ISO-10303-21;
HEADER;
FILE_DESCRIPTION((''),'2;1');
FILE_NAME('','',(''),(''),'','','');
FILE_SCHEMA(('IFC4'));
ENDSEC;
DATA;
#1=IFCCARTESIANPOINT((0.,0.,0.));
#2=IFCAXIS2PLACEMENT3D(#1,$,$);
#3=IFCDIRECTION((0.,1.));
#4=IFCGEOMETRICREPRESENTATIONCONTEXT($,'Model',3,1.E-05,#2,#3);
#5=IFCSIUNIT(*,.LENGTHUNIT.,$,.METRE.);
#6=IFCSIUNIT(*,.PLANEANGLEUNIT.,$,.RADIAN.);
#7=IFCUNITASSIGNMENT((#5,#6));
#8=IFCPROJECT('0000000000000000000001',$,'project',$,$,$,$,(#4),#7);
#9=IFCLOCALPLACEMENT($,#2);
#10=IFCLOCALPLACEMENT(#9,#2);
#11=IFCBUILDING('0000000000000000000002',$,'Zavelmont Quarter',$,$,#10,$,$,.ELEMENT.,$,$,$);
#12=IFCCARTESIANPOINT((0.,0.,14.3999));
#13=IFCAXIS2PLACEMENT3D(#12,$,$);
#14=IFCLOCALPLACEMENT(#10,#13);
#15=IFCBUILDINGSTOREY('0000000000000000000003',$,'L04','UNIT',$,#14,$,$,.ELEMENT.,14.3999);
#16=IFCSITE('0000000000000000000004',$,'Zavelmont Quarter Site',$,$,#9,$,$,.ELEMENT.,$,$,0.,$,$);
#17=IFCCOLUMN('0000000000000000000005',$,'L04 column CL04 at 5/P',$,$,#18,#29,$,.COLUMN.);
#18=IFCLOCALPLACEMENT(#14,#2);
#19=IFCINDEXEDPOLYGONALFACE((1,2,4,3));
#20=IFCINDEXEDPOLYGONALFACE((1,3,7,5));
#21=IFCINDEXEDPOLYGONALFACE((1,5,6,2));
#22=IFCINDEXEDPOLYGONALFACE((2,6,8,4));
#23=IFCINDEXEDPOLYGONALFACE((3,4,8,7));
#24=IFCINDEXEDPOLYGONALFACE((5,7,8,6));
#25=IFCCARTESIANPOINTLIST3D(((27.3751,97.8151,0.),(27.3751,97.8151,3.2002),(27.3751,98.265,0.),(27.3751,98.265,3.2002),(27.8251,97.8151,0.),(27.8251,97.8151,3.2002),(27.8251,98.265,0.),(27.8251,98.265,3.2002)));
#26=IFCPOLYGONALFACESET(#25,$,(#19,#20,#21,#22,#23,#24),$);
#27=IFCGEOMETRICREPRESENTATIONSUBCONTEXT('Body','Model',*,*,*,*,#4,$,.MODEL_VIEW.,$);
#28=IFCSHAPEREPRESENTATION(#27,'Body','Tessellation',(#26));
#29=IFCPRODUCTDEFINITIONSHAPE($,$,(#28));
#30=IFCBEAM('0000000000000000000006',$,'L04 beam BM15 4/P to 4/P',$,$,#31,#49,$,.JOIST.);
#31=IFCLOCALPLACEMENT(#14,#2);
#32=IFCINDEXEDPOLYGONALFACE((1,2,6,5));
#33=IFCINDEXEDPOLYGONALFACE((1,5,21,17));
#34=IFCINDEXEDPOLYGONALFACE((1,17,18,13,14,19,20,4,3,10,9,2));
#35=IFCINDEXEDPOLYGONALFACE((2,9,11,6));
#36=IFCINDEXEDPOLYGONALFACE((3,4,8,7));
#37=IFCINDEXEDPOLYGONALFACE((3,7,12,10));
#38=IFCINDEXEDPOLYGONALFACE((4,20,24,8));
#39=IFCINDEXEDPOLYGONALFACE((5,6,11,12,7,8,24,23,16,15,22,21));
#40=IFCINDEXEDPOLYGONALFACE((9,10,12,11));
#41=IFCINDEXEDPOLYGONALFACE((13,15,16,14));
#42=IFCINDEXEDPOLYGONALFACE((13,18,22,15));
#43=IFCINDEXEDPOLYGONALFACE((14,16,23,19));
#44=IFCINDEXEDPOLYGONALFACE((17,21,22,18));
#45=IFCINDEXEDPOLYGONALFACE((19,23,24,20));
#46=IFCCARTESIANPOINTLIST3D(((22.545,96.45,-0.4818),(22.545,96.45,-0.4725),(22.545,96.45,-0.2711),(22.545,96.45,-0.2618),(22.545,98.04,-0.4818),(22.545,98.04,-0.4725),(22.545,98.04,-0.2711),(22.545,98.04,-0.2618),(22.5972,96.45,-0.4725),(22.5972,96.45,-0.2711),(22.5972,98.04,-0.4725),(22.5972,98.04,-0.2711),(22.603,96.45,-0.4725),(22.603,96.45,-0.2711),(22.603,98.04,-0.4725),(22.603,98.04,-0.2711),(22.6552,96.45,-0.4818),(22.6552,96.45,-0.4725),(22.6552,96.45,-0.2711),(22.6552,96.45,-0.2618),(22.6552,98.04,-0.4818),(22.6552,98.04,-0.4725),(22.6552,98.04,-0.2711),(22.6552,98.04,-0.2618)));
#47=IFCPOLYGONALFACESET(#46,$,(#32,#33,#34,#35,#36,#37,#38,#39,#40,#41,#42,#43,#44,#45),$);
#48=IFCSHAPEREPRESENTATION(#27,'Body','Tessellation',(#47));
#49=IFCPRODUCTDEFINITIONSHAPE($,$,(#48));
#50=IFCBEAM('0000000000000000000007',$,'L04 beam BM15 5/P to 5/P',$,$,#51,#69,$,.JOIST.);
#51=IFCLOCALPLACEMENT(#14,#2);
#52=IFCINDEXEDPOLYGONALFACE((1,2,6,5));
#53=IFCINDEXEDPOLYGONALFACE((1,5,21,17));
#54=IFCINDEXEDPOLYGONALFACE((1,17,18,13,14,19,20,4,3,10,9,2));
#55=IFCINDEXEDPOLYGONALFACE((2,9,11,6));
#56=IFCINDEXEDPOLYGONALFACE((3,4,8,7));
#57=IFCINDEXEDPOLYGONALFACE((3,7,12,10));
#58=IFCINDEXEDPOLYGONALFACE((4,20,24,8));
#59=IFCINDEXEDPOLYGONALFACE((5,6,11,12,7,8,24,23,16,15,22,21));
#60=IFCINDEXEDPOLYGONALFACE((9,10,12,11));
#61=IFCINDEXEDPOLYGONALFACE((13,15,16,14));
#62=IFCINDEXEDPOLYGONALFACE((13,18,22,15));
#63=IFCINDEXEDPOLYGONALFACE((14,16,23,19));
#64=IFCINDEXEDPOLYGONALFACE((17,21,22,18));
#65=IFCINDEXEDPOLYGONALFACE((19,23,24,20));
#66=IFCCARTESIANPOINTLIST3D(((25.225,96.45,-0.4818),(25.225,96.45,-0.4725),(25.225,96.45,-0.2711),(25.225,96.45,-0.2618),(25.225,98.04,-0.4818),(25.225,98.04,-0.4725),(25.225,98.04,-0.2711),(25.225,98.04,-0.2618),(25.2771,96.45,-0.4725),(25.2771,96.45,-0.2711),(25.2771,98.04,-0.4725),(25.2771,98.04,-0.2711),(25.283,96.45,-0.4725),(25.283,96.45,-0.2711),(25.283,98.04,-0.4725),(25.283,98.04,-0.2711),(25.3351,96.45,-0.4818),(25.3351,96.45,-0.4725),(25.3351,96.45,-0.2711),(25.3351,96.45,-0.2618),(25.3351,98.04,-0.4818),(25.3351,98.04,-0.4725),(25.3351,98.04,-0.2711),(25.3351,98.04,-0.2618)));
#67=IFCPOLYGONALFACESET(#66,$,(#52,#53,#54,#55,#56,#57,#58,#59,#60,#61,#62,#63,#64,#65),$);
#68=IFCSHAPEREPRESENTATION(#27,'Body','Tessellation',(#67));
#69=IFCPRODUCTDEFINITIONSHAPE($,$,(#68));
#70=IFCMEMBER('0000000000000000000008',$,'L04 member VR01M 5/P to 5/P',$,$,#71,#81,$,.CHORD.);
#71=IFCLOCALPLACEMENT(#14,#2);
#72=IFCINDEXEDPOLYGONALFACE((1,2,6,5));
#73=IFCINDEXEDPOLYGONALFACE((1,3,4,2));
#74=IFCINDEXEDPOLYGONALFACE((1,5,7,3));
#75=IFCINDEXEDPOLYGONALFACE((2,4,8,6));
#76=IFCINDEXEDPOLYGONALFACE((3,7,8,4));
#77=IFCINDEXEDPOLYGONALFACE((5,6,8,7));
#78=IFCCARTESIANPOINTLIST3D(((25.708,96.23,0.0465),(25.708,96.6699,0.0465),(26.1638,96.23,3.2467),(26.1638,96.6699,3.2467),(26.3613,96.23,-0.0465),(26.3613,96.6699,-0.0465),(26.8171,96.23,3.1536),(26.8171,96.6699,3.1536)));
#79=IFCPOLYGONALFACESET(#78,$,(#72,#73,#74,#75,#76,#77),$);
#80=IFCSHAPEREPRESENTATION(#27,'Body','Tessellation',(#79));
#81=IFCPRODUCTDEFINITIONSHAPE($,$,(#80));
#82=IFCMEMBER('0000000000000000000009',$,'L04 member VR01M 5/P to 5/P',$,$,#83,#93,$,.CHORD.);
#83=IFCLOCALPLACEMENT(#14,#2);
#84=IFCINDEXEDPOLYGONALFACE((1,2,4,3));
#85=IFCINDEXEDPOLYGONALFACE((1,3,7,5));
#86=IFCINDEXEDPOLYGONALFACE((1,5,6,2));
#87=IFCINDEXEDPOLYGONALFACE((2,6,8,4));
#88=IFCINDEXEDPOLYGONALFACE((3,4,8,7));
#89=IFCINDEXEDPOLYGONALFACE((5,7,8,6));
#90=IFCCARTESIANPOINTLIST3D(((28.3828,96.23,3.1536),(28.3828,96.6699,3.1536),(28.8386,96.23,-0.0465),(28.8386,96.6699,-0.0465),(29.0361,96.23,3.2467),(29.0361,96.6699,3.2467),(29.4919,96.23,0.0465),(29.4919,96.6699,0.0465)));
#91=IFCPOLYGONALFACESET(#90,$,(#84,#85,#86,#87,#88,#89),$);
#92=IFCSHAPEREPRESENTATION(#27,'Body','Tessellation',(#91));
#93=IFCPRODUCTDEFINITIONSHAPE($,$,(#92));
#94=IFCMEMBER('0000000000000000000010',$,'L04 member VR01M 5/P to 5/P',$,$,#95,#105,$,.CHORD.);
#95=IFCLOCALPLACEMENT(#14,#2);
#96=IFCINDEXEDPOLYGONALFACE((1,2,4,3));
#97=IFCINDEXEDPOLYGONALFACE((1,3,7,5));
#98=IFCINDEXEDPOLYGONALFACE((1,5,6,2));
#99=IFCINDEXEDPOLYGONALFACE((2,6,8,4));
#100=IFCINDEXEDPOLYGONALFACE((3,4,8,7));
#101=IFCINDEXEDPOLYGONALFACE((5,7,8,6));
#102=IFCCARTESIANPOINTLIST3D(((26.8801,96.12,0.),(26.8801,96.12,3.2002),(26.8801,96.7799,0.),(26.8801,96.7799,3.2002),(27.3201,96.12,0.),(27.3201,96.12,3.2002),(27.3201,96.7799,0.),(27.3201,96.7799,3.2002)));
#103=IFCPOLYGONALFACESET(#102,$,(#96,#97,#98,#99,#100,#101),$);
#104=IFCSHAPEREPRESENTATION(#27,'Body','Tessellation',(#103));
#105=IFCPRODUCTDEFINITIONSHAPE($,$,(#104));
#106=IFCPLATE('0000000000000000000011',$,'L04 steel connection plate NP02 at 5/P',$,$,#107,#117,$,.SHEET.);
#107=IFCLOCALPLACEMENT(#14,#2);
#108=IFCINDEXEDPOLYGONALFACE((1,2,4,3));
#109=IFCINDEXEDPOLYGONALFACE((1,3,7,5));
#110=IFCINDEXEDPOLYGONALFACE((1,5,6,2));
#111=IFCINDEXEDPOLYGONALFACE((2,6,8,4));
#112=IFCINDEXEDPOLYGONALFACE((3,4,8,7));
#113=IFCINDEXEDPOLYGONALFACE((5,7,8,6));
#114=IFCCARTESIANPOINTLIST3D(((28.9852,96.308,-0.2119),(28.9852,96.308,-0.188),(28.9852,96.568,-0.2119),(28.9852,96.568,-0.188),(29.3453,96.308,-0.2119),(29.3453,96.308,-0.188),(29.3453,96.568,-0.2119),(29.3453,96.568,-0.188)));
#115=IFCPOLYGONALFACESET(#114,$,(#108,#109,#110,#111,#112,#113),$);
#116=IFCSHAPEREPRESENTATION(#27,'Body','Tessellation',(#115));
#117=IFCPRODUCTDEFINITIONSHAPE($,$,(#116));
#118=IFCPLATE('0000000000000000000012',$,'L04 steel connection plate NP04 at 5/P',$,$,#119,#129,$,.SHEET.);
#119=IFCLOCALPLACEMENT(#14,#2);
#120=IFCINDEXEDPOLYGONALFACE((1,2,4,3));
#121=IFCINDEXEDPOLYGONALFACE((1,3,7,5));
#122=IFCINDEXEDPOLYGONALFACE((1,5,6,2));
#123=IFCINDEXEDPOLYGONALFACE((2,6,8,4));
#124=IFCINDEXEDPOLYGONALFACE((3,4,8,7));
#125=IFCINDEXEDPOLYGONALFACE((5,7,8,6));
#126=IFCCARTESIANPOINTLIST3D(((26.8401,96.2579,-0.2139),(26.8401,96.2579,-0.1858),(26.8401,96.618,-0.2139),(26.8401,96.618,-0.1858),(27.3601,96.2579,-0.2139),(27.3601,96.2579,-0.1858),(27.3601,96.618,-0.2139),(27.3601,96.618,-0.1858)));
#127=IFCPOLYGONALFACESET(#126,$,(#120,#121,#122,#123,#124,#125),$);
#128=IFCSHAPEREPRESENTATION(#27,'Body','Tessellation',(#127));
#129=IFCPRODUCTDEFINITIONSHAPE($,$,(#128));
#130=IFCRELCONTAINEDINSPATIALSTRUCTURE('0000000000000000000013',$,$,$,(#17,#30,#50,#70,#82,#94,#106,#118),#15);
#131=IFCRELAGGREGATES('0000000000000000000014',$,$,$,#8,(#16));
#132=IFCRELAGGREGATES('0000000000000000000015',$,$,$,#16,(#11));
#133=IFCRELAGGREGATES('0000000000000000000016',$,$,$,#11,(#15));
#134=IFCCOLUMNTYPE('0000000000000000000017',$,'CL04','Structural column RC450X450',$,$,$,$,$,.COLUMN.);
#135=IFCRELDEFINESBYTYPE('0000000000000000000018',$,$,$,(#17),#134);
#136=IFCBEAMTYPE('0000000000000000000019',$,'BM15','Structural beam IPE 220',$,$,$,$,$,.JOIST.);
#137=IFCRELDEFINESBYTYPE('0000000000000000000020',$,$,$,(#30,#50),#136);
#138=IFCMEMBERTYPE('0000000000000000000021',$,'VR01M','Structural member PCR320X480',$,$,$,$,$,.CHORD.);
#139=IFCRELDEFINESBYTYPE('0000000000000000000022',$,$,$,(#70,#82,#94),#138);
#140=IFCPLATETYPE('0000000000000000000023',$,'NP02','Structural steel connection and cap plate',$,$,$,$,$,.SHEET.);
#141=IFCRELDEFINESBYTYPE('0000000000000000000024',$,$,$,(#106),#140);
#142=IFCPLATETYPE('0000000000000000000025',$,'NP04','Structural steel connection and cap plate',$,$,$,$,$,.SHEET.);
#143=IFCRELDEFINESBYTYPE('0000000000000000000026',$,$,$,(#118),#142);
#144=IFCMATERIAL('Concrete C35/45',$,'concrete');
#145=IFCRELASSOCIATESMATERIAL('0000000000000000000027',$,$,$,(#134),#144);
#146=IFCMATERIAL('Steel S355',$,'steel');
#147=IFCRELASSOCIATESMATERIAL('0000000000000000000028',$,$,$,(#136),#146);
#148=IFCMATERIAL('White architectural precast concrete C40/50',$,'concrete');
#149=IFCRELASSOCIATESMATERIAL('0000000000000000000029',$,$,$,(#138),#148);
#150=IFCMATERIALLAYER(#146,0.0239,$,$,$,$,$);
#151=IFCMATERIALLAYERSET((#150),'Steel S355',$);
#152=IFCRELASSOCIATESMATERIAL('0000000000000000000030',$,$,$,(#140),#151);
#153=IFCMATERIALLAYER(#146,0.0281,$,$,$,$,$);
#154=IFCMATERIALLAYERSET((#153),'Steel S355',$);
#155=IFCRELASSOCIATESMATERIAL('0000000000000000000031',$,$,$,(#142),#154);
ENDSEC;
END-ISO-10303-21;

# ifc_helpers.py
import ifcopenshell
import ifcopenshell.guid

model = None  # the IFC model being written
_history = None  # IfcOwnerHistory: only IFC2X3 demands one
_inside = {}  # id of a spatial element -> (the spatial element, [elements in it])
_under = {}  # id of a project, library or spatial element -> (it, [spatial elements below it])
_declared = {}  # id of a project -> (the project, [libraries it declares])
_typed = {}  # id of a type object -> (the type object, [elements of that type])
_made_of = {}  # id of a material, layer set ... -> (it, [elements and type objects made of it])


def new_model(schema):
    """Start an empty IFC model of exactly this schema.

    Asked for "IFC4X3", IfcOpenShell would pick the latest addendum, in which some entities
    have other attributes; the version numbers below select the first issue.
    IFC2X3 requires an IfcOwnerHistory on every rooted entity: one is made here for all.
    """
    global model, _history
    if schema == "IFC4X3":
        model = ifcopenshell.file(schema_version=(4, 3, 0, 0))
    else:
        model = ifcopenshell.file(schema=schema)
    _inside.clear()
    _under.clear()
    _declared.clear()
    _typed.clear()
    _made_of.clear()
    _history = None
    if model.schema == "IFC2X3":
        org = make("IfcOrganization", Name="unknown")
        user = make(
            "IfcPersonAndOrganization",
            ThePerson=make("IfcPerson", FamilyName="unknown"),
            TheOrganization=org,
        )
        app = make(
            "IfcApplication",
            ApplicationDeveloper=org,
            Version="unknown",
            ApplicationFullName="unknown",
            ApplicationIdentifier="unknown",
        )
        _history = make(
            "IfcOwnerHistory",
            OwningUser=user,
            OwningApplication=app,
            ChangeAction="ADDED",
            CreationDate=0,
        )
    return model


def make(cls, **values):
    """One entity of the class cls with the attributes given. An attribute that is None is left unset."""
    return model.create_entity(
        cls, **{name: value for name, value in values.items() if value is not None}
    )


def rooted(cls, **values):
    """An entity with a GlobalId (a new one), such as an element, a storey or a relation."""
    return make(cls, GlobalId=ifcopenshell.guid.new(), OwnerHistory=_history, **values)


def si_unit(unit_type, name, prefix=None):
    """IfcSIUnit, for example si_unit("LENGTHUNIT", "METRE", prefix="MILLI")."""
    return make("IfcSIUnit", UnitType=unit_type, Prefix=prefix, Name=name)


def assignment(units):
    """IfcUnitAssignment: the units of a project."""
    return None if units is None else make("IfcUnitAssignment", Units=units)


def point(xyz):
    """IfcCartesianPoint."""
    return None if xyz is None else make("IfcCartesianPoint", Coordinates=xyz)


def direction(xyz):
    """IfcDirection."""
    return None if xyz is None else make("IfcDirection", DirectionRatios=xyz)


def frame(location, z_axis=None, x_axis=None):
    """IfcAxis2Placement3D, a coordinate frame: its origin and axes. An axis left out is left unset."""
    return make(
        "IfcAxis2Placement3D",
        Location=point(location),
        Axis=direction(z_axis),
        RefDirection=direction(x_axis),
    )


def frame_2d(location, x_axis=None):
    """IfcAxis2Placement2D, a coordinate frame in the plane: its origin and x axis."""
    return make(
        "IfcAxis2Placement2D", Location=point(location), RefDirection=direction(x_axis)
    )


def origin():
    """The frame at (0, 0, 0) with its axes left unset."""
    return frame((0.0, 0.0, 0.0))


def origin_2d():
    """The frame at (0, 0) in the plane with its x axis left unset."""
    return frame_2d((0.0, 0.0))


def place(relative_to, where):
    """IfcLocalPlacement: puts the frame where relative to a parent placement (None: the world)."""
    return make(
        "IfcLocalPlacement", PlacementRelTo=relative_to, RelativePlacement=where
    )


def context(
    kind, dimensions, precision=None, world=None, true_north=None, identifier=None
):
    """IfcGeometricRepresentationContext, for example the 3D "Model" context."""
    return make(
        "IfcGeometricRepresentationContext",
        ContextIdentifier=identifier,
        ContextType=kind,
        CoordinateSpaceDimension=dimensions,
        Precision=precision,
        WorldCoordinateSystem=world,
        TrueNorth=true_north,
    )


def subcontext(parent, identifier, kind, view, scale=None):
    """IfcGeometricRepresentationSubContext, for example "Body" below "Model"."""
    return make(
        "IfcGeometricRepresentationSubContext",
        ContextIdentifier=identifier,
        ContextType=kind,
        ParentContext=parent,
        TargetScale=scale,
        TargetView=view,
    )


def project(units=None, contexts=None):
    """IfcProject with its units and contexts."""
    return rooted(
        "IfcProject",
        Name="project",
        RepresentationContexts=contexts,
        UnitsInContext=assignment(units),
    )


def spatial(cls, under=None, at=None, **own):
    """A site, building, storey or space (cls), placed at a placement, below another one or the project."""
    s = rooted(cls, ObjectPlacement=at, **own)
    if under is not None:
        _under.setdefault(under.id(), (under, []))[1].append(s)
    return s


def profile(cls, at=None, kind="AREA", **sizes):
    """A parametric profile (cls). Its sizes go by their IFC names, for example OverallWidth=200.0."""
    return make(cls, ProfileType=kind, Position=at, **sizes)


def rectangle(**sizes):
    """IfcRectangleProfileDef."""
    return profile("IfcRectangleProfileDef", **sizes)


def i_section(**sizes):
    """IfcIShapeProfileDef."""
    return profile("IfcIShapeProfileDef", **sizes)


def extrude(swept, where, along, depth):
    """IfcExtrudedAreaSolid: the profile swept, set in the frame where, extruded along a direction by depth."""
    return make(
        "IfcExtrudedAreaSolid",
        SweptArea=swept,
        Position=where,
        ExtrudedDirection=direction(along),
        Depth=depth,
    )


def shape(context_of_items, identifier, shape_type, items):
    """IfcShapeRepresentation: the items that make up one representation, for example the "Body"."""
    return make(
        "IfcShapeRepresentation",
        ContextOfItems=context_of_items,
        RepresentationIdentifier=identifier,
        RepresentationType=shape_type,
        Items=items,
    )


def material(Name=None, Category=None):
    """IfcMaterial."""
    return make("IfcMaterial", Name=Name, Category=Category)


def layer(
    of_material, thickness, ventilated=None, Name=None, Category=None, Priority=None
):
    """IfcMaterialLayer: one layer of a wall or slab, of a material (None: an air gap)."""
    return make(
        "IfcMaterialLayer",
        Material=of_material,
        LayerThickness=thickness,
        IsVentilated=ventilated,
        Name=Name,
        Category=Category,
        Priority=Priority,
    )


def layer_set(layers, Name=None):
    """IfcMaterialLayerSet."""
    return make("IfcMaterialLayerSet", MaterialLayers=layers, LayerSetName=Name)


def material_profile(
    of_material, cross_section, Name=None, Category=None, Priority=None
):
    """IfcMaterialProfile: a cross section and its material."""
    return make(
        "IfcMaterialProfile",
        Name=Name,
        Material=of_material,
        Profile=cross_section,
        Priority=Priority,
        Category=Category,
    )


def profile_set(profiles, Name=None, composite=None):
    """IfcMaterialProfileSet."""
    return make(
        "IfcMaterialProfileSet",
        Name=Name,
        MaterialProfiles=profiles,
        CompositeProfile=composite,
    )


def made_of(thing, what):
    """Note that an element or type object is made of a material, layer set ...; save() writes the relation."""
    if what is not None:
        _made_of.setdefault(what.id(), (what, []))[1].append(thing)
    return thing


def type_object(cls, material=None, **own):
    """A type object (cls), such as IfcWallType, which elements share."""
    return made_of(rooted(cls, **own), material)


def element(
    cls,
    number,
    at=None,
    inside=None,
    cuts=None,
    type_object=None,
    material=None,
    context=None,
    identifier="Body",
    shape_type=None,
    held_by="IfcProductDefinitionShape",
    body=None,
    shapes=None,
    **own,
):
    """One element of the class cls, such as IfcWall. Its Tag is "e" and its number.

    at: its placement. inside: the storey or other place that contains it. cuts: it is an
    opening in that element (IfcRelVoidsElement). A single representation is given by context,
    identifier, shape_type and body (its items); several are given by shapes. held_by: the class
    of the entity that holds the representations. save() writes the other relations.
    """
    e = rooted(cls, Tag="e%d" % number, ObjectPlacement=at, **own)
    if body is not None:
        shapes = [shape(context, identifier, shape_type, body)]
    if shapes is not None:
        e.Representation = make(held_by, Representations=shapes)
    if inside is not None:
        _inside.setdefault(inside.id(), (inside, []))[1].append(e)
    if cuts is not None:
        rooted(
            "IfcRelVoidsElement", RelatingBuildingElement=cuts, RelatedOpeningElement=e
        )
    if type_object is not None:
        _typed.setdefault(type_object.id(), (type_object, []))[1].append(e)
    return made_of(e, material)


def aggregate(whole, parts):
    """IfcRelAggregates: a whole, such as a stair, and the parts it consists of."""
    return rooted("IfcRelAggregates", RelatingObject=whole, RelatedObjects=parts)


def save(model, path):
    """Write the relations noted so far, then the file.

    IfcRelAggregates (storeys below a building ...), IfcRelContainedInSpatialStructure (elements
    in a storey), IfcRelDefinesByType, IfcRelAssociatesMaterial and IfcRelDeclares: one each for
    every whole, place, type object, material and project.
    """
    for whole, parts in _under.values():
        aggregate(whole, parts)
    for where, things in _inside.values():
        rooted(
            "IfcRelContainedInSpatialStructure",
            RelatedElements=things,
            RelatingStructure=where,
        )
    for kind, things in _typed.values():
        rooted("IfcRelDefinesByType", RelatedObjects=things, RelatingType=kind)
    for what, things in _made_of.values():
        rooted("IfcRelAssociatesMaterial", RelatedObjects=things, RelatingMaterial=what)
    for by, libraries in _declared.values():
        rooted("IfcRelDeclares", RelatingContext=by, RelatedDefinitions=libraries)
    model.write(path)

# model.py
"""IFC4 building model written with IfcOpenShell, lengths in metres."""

from ifc_helpers import new_model, si_unit, direction, frame, origin, origin_2d, place, context, subcontext, project, spatial, rectangle, i_section, extrude, material, layer, layer_set, material_profile, profile_set, type_object, element, save


model = new_model("IFC4")

# Units and contexts
model_context = context("Model", 3, precision=1e-05, world=origin(), true_north=direction((0.0, 1.0)))
body_context = subcontext(model_context, "Body", "Model", "MODEL_VIEW")
ifc_project = project(units=[si_unit("LENGTHUNIT", "METRE"), si_unit("PLANEANGLEUNIT", "RADIAN")], contexts=[model_context])

# Site, building, storey
site_placement = place(None, origin())
site = spatial("IfcSite", under=ifc_project, at=site_placement, Name="Zavelmont Quarter Site", CompositionType="ELEMENT", RefElevation=0.0)
building_placement = place(site_placement, origin())
building = spatial("IfcBuilding", under=site, at=building_placement, Name="Zavelmont Quarter", CompositionType="ELEMENT")
storey_placement = place(building_placement, frame((0.0, 0.0, 14.3999)))
storey = spatial("IfcBuildingStorey", under=building, at=storey_placement, Name="L04", Description="UNIT", CompositionType="ELEMENT", Elevation=14.3999)

# Column
ifc_material_1 = material(Name="Concrete C35/45", Category="concrete")
ifc_material_profile_1 = material_profile(ifc_material_1, rectangle(XDim=0.45, YDim=0.45, at=origin_2d()), Name="RC450X450")
ifc_profile_set_1 = profile_set([ifc_material_profile_1], Name="Concrete C35/45")
column_type = type_object("IfcColumnType", Name="CL04", Description="Structural column RC450X450", PredefinedType="COLUMN", material=ifc_profile_set_1)
column_placement = place(storey_placement, frame((27.6001, 98.04, 0.0), z_axis=(0.0, 0.0, 1.0), x_axis=(1.0, 0.0, 0.0)))
element("IfcColumn", 1, at=column_placement, inside=storey, type_object=column_type, Name="L04 column CL04 at 5/P", PredefinedType="COLUMN", context=body_context, shape_type="SweptSolid", body=[
    extrude(rectangle(XDim=0.45, YDim=0.45, at=origin_2d()), origin(), (0.0, 0.0, 1.0), 3.2002),
])

# Beams
ifc_material_2 = material(Name="Steel S355", Category="steel")
ifc_material_profile_2 = material_profile(ifc_material_2, i_section(OverallWidth=0.1101, OverallDepth=0.22, WebThickness=0.0059, FlangeThickness=0.0093, at=origin_2d()), Name="IPE 220")
ifc_profile_set_2 = profile_set([ifc_material_profile_2], Name="Steel S355")
beam_type = type_object("IfcBeamType", Name="BM15", Description="Structural beam IPE 220", PredefinedType="JOIST", material=ifc_profile_set_2)
for number, where, z_axis, x_axis, name in (
    (2, (22.6001, 98.04, -0.3718), (0.0, -1.0, 0.0), (1.0, 0.0, 0.0), "L04 beam BM15 4/P to 4/P"),
    (3, (25.28, 98.04, -0.3718), (0.0, -1.0, 0.0), (1.0, 0.0, 0.0), "L04 beam BM15 5/P to 5/P"),
):
    element("IfcBeam", number, at=place(storey_placement, frame(where, z_axis=z_axis, x_axis=x_axis)), inside=storey, type_object=beam_type, Name=name, PredefinedType="JOIST", context=body_context, shape_type="SweptSolid", body=[
        extrude(i_section(OverallWidth=0.1101, OverallDepth=0.22, WebThickness=0.0059, FlangeThickness=0.0093, at=origin_2d()), origin(), (0.0, 0.0, 1.0), 1.5901),
    ])

# Members
ifc_material_3 = material(Name="White architectural precast concrete C40/50", Category="concrete")
ifc_material_profile_3 = material_profile(ifc_material_3, rectangle(XDim=0.4399, YDim=0.6599, at=origin_2d()), Name="PCR320X480")
ifc_profile_set_3 = profile_set([ifc_material_profile_3], Name="White architectural precast concrete C40/50")
member_type = type_object("IfcMemberType", Name="VR01M", Description="Structural member PCR320X480", PredefinedType="CHORD", material=ifc_profile_set_3)
for number, where, z_axis, x_axis, name in (
    (4, (26.0347, 96.45, 0.0), (0.141009, 0.0, 0.990008), (0.0, 1.0, 0.0), "L04 member VR01M 5/P to 5/P"),
    (5, (29.1653, 96.45, 0.0), (-0.141009, 0.0, 0.990008), (0.0, -1.0, 0.0), "L04 member VR01M 5/P to 5/P"),
):
    element("IfcMember", number, at=place(storey_placement, frame(where, z_axis=z_axis, x_axis=x_axis)), inside=storey, type_object=member_type, Name=name, PredefinedType="CHORD", context=body_context, shape_type="SweptSolid", body=[
        extrude(rectangle(XDim=0.4399, YDim=0.6599, at=origin_2d()), origin(), (0.0, 0.0, 1.0), 3.2324),
    ])
member_placement = place(storey_placement, frame((27.1001, 96.45, 0.0), z_axis=(0.0, 0.0, 1.0), x_axis=(1.0, 0.0, 0.0)))
element("IfcMember", 6, at=member_placement, inside=storey, type_object=member_type, Name="L04 member VR01M 5/P to 5/P", PredefinedType="CHORD", context=body_context, shape_type="SweptSolid", body=[
    extrude(rectangle(XDim=0.4399, YDim=0.6599, at=origin_2d()), origin(), (0.0, 0.0, 1.0), 3.2002),
])

# Plates
ifc_layer_1 = layer(ifc_material_2, 0.0239)
ifc_layer_set_1 = layer_set([ifc_layer_1], Name="Steel S355")
plate_type_1 = type_object("IfcPlateType", Name="NP02", Description="Structural steel connection and cap plate", PredefinedType="SHEET", material=ifc_layer_set_1)
plate_1_placement = place(storey_placement, frame((29.1653, 96.438, -0.2119), z_axis=(0.0, 0.0, 1.0), x_axis=(1.0, 0.0, 0.0)))
element("IfcPlate", 7, at=plate_1_placement, inside=storey, type_object=plate_type_1, Name="L04 steel connection plate NP02 at 5/P", PredefinedType="SHEET", context=body_context, shape_type="SweptSolid", body=[
    extrude(rectangle(XDim=0.3601, YDim=0.26, at=origin_2d()), origin(), (0.0, 0.0, 1.0), 0.0239),
])
ifc_layer_2 = layer(ifc_material_2, 0.0281)
ifc_layer_set_2 = layer_set([ifc_layer_2], Name="Steel S355")
plate_type_2 = type_object("IfcPlateType", Name="NP04", Description="Structural steel connection and cap plate", PredefinedType="SHEET", material=ifc_layer_set_2)
plate_2_placement = place(storey_placement, frame((27.1001, 96.438, -0.2139), z_axis=(0.0, 0.0, 1.0), x_axis=(1.0, 0.0, 0.0)))
element("IfcPlate", 8, at=plate_2_placement, inside=storey, type_object=plate_type_2, Name="L04 steel connection plate NP04 at 5/P", PredefinedType="SHEET", context=body_context, shape_type="SweptSolid", body=[
    extrude(rectangle(XDim=0.52, YDim=0.3601, at=origin_2d()), origin(), (0.0, 0.0, 1.0), 0.0281),
])

save(model, "model.ifc")
